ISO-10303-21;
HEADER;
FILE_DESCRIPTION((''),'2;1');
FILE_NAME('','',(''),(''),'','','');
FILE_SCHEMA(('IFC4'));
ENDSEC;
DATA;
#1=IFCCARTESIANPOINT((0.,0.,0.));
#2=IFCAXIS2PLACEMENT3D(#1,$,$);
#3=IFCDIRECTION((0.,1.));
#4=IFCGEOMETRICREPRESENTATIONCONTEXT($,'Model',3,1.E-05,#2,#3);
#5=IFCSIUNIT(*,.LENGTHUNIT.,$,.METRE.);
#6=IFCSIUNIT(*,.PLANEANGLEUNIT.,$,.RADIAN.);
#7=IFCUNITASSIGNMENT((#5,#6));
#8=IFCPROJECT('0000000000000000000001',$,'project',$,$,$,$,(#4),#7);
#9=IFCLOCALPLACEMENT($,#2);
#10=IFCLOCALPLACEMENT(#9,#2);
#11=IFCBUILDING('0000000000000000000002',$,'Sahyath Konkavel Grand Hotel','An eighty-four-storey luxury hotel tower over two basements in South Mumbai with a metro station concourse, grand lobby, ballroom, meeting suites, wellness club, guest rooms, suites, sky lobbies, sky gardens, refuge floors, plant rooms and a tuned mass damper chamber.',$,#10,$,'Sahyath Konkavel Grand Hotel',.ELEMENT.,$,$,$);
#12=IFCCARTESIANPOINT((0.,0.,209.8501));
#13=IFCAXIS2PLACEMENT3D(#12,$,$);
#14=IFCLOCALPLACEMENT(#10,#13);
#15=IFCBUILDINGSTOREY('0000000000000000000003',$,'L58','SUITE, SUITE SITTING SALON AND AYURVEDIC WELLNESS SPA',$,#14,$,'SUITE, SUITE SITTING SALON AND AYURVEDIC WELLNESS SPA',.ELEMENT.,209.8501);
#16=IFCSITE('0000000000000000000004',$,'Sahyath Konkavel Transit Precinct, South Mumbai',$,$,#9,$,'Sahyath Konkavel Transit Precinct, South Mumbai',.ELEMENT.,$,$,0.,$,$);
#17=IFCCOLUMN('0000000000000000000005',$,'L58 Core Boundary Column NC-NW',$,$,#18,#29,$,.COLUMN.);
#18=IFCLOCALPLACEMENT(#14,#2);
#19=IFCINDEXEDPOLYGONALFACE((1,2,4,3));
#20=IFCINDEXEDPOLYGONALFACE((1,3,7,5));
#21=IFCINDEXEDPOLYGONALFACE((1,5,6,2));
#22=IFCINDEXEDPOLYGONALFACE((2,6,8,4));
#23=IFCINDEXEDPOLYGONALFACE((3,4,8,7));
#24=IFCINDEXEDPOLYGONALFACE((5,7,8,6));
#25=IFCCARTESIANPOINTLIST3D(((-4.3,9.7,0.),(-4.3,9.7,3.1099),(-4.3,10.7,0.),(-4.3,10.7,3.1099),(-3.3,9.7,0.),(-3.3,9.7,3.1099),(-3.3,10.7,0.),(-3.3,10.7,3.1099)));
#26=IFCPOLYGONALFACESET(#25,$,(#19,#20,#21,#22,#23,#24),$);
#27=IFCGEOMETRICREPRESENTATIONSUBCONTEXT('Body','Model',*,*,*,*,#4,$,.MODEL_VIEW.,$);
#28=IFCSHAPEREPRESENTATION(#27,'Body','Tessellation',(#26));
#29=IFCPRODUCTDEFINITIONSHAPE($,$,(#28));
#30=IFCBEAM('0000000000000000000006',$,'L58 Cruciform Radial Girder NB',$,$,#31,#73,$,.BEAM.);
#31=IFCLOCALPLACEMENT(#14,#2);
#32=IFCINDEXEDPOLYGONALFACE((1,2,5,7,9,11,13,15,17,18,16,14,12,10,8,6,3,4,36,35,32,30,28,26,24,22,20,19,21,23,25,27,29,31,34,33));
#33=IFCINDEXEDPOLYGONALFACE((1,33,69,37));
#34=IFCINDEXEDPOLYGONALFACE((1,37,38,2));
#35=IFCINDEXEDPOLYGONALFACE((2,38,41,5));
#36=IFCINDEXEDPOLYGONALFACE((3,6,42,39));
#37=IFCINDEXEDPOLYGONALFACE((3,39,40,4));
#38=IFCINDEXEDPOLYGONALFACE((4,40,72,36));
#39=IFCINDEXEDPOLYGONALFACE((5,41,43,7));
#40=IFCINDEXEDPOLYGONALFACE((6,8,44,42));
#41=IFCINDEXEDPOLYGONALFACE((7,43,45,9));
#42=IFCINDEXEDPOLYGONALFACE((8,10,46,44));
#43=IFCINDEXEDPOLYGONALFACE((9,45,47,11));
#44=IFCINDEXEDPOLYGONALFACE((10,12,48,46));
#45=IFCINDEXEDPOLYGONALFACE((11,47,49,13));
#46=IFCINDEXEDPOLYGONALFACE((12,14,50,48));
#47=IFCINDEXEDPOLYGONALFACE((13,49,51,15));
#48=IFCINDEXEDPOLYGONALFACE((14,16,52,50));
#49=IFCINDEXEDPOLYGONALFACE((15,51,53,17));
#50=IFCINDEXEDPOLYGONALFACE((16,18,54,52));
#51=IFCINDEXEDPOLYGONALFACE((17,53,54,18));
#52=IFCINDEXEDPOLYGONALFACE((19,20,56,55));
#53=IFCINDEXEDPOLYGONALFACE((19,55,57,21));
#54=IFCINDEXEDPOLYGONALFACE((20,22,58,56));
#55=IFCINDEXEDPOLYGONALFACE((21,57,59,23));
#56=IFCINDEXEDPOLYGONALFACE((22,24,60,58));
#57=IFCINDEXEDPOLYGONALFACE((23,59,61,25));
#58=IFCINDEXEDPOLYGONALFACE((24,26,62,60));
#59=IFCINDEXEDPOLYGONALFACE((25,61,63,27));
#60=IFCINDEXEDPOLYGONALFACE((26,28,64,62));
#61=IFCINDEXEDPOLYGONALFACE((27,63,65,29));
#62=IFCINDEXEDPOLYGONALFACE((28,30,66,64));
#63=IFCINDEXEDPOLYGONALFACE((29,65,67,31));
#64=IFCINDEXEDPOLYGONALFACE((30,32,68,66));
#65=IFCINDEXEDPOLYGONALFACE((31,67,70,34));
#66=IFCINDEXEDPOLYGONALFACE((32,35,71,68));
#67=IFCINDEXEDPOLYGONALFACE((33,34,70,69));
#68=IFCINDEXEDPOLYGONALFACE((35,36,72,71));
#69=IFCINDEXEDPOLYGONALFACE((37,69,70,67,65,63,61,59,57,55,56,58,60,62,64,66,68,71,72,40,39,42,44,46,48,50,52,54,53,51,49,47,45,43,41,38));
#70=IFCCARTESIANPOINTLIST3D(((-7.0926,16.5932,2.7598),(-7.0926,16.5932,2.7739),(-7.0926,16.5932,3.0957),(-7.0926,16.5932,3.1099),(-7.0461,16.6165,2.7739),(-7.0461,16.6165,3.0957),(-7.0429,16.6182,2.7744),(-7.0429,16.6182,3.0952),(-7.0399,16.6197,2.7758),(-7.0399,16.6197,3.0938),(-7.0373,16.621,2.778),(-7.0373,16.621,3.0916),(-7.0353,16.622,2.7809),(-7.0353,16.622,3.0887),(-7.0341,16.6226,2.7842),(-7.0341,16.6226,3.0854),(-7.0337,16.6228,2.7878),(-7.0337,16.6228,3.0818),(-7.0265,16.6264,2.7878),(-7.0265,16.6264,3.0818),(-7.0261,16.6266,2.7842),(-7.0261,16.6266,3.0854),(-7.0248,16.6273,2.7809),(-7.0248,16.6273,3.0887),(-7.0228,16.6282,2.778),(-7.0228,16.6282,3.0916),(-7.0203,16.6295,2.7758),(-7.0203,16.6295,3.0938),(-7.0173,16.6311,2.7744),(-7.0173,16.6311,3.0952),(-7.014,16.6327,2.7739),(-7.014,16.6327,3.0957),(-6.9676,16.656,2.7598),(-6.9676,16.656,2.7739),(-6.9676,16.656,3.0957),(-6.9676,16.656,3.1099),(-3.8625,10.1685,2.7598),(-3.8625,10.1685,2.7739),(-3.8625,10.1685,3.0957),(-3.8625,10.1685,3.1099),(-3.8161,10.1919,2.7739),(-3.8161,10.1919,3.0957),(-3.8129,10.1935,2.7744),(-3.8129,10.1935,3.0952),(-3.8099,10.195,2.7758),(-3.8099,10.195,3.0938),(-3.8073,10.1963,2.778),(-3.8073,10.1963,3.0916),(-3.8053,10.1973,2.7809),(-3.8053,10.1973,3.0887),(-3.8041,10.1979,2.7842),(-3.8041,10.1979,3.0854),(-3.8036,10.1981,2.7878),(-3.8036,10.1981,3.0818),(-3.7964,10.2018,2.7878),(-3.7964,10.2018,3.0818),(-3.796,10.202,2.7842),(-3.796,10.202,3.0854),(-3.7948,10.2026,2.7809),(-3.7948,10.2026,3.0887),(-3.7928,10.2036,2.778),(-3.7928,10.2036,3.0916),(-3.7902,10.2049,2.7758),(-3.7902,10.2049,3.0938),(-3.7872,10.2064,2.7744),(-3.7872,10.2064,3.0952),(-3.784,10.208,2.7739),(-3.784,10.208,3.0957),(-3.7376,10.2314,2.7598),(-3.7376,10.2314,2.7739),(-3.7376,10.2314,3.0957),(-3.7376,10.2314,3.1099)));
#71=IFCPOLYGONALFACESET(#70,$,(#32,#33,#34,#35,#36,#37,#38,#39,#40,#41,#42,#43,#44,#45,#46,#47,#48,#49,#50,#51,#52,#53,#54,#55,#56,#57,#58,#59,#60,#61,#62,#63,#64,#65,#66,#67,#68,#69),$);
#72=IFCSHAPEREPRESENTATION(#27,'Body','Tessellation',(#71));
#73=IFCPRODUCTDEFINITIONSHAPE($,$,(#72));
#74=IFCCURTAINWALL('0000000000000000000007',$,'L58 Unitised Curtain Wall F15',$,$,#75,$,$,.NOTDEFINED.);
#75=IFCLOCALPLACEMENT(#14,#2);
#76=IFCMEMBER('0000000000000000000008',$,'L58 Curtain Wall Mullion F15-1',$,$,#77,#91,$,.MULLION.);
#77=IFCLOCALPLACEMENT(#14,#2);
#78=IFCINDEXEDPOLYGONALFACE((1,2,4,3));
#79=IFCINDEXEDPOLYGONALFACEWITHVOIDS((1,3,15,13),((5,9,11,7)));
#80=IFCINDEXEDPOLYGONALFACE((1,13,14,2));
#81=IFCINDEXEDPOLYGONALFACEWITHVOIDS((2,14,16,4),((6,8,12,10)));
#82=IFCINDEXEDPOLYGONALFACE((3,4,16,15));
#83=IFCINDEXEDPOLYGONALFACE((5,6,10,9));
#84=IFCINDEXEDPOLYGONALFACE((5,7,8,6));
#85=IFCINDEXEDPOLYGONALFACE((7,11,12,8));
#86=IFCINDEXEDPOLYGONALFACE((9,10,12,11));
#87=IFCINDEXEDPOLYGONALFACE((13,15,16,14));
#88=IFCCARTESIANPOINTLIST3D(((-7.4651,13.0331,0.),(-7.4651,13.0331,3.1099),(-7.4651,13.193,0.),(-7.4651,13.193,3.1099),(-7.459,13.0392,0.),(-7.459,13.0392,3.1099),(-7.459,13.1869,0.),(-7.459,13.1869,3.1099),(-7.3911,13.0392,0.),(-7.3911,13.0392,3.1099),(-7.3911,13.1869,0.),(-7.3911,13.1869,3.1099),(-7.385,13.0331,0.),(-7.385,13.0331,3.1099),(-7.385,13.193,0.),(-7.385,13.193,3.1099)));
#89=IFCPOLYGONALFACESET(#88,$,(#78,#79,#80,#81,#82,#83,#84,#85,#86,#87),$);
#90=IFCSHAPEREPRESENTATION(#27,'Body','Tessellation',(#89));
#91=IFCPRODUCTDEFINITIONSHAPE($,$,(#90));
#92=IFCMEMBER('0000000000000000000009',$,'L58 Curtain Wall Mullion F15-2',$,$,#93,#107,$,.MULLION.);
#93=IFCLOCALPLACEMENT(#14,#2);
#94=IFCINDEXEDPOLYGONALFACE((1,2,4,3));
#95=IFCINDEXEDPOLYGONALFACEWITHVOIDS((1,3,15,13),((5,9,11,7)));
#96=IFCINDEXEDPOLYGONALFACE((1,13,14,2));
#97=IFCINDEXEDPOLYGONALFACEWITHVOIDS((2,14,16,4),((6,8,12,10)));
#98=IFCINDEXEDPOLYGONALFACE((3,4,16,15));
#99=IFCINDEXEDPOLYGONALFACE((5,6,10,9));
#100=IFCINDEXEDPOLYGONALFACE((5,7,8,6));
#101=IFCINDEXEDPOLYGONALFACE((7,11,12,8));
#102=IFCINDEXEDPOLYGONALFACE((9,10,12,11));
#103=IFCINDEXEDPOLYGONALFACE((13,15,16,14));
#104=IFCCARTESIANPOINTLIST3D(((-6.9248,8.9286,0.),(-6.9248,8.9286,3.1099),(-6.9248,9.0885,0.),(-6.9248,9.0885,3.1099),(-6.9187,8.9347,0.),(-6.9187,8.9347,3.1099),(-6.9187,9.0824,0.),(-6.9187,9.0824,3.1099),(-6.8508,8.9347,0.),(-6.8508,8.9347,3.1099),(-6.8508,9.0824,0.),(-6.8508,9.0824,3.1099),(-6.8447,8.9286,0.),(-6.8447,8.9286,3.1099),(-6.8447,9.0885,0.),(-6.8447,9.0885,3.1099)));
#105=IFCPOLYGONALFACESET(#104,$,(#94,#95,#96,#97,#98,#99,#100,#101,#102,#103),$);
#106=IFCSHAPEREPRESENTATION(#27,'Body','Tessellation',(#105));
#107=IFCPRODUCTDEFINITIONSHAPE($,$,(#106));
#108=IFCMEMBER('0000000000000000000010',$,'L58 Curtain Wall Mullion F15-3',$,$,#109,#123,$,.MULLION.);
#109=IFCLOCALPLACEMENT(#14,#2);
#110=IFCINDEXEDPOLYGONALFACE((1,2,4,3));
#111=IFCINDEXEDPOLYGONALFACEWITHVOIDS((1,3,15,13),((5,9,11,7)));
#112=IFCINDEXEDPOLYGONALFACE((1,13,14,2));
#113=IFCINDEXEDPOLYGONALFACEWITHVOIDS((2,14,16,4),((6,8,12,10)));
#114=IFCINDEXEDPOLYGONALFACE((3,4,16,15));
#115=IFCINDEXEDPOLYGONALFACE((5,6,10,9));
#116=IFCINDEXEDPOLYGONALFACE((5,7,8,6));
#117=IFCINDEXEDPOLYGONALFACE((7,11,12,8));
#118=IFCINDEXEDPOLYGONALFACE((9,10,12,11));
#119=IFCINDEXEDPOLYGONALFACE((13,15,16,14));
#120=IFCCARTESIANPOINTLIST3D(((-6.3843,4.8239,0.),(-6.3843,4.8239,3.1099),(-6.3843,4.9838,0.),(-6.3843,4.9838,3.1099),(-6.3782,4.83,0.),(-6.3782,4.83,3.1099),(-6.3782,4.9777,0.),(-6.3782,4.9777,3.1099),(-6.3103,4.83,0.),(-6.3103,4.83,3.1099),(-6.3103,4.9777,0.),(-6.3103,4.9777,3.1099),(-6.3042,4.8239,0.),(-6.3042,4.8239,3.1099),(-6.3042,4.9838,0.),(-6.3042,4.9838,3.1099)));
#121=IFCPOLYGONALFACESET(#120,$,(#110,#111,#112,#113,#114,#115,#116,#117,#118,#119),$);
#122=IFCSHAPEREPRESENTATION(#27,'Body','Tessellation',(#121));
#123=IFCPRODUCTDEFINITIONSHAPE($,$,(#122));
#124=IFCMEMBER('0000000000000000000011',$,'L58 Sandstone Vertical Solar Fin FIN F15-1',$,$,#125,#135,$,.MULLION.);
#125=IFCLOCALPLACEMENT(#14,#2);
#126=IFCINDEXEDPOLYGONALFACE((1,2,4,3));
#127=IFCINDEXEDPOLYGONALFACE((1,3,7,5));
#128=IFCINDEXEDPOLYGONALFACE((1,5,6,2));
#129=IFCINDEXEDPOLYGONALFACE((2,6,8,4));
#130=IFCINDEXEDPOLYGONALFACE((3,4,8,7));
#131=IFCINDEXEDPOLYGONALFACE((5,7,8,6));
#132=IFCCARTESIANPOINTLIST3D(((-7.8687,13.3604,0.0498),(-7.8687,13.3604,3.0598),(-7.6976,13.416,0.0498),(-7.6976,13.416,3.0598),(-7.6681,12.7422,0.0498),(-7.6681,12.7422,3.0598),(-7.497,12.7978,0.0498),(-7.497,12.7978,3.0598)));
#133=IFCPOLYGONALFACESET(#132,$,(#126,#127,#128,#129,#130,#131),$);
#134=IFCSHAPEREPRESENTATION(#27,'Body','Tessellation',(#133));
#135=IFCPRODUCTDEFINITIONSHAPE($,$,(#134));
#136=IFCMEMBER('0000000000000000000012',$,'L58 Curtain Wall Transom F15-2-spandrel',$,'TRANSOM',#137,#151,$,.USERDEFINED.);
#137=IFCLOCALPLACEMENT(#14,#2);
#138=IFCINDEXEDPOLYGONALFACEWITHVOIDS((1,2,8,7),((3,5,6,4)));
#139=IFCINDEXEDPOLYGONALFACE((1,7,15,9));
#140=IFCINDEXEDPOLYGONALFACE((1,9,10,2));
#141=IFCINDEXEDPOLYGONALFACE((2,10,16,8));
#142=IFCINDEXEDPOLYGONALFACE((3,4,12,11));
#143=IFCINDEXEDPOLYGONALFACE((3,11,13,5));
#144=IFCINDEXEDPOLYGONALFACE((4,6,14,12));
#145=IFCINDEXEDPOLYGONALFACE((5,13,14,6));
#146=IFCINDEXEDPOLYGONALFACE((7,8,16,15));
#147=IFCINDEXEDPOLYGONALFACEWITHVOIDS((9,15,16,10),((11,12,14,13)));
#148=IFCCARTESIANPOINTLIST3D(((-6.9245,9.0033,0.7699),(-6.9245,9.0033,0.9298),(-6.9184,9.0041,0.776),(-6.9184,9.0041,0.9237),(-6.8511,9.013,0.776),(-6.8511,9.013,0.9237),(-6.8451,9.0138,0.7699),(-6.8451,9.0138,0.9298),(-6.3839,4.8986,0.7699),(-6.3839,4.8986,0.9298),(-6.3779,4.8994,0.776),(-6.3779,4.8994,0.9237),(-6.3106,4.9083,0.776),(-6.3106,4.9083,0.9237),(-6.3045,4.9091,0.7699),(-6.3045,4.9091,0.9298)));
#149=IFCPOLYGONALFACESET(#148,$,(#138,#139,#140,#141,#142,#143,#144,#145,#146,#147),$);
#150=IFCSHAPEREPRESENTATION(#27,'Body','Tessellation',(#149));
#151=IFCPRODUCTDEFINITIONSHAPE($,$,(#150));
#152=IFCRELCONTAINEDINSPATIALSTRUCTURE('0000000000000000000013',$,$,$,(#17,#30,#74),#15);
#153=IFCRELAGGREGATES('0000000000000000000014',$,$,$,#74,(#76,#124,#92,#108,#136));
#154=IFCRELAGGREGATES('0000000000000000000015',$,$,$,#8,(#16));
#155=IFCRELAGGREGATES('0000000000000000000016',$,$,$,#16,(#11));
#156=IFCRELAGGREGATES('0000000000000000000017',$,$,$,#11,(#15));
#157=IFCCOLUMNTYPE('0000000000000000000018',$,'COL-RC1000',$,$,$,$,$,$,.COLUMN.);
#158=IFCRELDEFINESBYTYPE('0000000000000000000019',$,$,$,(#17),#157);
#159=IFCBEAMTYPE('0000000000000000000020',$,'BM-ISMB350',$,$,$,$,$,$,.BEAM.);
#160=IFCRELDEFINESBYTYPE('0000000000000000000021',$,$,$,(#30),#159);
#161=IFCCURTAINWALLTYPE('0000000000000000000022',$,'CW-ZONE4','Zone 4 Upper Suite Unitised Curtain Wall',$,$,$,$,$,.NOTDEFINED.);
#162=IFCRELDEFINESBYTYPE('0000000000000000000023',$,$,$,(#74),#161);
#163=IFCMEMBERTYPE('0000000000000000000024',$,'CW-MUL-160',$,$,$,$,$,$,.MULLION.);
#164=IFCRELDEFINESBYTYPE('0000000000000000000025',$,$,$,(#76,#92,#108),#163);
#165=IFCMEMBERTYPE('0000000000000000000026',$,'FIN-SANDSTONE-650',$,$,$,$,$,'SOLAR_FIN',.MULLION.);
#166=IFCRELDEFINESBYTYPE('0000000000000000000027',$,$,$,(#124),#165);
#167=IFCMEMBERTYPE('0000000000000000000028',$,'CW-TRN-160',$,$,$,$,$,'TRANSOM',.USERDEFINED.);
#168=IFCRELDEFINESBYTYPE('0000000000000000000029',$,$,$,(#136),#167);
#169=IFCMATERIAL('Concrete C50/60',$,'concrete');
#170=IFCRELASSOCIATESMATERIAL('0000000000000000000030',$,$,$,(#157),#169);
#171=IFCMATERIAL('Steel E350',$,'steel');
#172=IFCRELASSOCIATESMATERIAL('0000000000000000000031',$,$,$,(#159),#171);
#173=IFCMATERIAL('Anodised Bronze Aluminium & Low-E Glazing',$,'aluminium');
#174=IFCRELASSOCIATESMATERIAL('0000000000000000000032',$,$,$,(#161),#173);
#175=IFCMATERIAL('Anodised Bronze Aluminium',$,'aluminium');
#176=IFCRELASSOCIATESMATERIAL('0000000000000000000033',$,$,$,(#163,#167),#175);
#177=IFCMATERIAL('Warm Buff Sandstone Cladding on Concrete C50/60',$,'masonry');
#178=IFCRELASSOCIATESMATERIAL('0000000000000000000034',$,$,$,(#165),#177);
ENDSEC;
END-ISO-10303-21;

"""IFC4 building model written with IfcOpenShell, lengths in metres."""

from ifc_helpers import new_model, si_unit, direction, frame, origin, origin_2d, place, context, subcontext, project, spatial, rectangle, hollow_rectangle, i_section, extrude, source, transform, mapped, material, material_profile, profile_set, type_object, element, aggregate, save


model = new_model("IFC4")

# Units and contexts
model_context = context("Model", 3, precision=1e-05, world=origin(), true_north=direction((0.0, 1.0)))
body_context = subcontext(model_context, "Body", "Model", "MODEL_VIEW")
ifc_project = project(units=[si_unit("LENGTHUNIT", "METRE"), si_unit("PLANEANGLEUNIT", "RADIAN")], contexts=[model_context])

# Site, building, storey
site_placement = place(None, origin())
site = spatial("IfcSite", under=ifc_project, at=site_placement, Name="Sahyath Konkavel Transit Precinct, South Mumbai", LongName="Sahyath Konkavel Transit Precinct, South Mumbai", CompositionType="ELEMENT", RefElevation=0.0)
building_placement = place(site_placement, origin())
building = spatial("IfcBuilding", under=site, at=building_placement, Name="Sahyath Konkavel Grand Hotel", Description="An eighty-four-storey luxury hotel tower over two basements in South Mumbai with a metro station concourse, grand lobby, ballroom, meeting suites, wellness club, guest rooms, suites, sky lobbies, sky gardens, refuge floors, plant rooms and a tuned mass damper chamber.", LongName="Sahyath Konkavel Grand Hotel", CompositionType="ELEMENT")
storey_placement = place(building_placement, frame((0.0, 0.0, 209.8501)))
storey = spatial("IfcBuildingStorey", under=building, at=storey_placement, Name="L58", Description="SUITE, SUITE SITTING SALON AND AYURVEDIC WELLNESS SPA", LongName="SUITE, SUITE SITTING SALON AND AYURVEDIC WELLNESS SPA", CompositionType="ELEMENT", Elevation=209.8501)

# Column
ifc_material_1 = material(Name="Concrete C50/60", Category="concrete")
ifc_material_profile_1 = material_profile(ifc_material_1, rectangle(XDim=1.0, YDim=1.0, at=origin_2d()), Name="RC 1000x1000")
ifc_profile_set_1 = profile_set([ifc_material_profile_1], Name="Concrete C50/60")
column_type = type_object("IfcColumnType", Name="COL-RC1000", PredefinedType="COLUMN", material=ifc_profile_set_1)
shared_shape_1 = source(origin(), body_context, "Body", "SweptSolid", [
    extrude(rectangle(XDim=1.0, YDim=1.0, at=origin_2d()), origin(), (0.0, 0.0, 1.0), 3.1099),
])
column_placement = place(storey_placement, frame((-3.8, 10.2, 0.0), z_axis=(0.0, 0.0, 1.0), x_axis=(1.0, 0.0, 0.0)))
element("IfcColumn", 1, at=column_placement, inside=storey, type_object=column_type, Name="L58 Core Boundary Column NC-NW", PredefinedType="COLUMN", context=body_context, shape_type="MappedRepresentation", body=[
    mapped(shared_shape_1, transform((0.0, 0.0, 0.0), scale=1.0)),
])

# Beam
ifc_material_2 = material(Name="Steel E350", Category="steel")
ifc_material_profile_2 = material_profile(ifc_material_2, i_section(OverallWidth=0.1399, OverallDepth=0.3501, WebThickness=0.0081, FlangeThickness=0.0142, FilletRadius=0.0139, at=origin_2d()), Name="ISMB 350")
ifc_profile_set_2 = profile_set([ifc_material_profile_2], Name="Steel E350")
beam_type_1 = type_object("IfcBeamType", Name="BM-ISMB350", PredefinedType="BEAM", material=ifc_profile_set_2)
shared_shape_2 = source(origin(), body_context, "Body", "SweptSolid", [
    extrude(i_section(OverallWidth=0.1399, OverallDepth=0.3501, WebThickness=0.0081, FlangeThickness=0.0142, FilletRadius=0.0139, at=origin_2d()), origin(), (0.0, 0.0, 1.0), 7.1909),
])
beam_1_placement = place(storey_placement, frame((-3.8, 10.2, 2.9348), z_axis=(-0.449182, 0.89344, 0.0), x_axis=(-0.89344, -0.449182, 0.0)))
element("IfcBeam", 2, at=beam_1_placement, inside=storey, type_object=beam_type_1, Name="L58 Cruciform Radial Girder NB", PredefinedType="BEAM", context=body_context, shape_type="MappedRepresentation", body=[
    mapped(shared_shape_2, transform((0.0, 0.0, 0.0), scale=1.0)),
])

# Curtain wall, members
ifc_material_3 = material(Name="Anodised Bronze Aluminium & Low-E Glazing", Category="aluminium")
curtain_wall_type = type_object("IfcCurtainWallType", Name="CW-ZONE4", Description="Zone 4 Upper Suite Unitised Curtain Wall", PredefinedType="NOTDEFINED", material=ifc_material_3)
curtain_wall_placement = place(storey_placement, origin())
curtain_wall = element("IfcCurtainWall", 3, at=curtain_wall_placement, inside=storey, type_object=curtain_wall_type, Name="L58 Unitised Curtain Wall F15", PredefinedType="NOTDEFINED")
ifc_material_4 = material(Name="Anodised Bronze Aluminium", Category="aluminium")
ifc_material_profile_3 = material_profile(ifc_material_4, hollow_rectangle(XDim=0.0801, YDim=0.1599, WallThickness=0.0061, at=origin_2d()), Name="RHS 160x80x6")
ifc_profile_set_3 = profile_set([ifc_material_profile_3], Name="Anodised Bronze Aluminium")
member_type_1 = type_object("IfcMemberType", Name="CW-MUL-160", PredefinedType="MULLION", material=ifc_profile_set_3)
shared_shape_3 = source(origin(), body_context, "Body", "SweptSolid", [
    extrude(hollow_rectangle(XDim=0.0801, YDim=0.1599, WallThickness=0.0061, at=origin_2d()), origin(), (0.0, 0.0, 1.0), 3.1099),
])
member_1_placement = place(storey_placement, frame((-7.425, 13.113, 0.0), z_axis=(0.0, 0.0, 1.0), x_axis=(1.0, 0.0, 0.0)))
member_1 = element("IfcMember", 4, at=member_1_placement, type_object=member_type_1, Name="L58 Curtain Wall Mullion F15-1", PredefinedType="MULLION", context=body_context, shape_type="MappedRepresentation", body=[
    mapped(shared_shape_3, transform((0.0, 0.0, 0.0), scale=1.0)),
])
member_2_placement = place(storey_placement, frame((-6.8848, 9.0085, 0.0), z_axis=(0.0, 0.0, 1.0), x_axis=(1.0, 0.0, 0.0)))
member_2 = element("IfcMember", 5, at=member_2_placement, type_object=member_type_1, Name="L58 Curtain Wall Mullion F15-2", PredefinedType="MULLION", context=body_context, shape_type="MappedRepresentation", body=[
    mapped(shared_shape_3, transform((0.0, 0.0, 0.0), scale=1.0)),
])
member_3_placement = place(storey_placement, frame((-6.3442, 4.9038, 0.0), z_axis=(0.0, 0.0, 1.0), x_axis=(1.0, 0.0, 0.0)))
member_3 = element("IfcMember", 6, at=member_3_placement, type_object=member_type_1, Name="L58 Curtain Wall Mullion F15-3", PredefinedType="MULLION", context=body_context, shape_type="MappedRepresentation", body=[
    mapped(shared_shape_3, transform((0.0, 0.0, 0.0), scale=1.0)),
])
ifc_material_5 = material(Name="Warm Buff Sandstone Cladding on Concrete C50/60", Category="masonry")
ifc_material_profile_4 = material_profile(ifc_material_5, rectangle(XDim=0.1799, YDim=0.6499, at=origin_2d()), Name="FIN 180x650")
ifc_profile_set_4 = profile_set([ifc_material_profile_4], Name="Warm Buff Sandstone Cladding on Concrete C50/60")
member_type_2 = type_object("IfcMemberType", Name="FIN-SANDSTONE-650", ElementType="SOLAR_FIN", PredefinedType="MULLION", material=ifc_profile_set_4)
shared_shape_4 = source(origin(), body_context, "Body", "SweptSolid", [
    extrude(rectangle(XDim=0.1799, YDim=0.6499, at=origin_2d()), origin(), (0.0, 0.0, 1.0), 3.01),
])
member_4_placement = place(storey_placement, frame((-7.6829, 13.0791, 0.0498), z_axis=(0.0, 0.0, 1.0), x_axis=(0.951164, 0.308685, 0.0)))
member_4 = element("IfcMember", 7, at=member_4_placement, type_object=member_type_2, Name="L58 Sandstone Vertical Solar Fin FIN F15-1", PredefinedType="MULLION", context=body_context, shape_type="MappedRepresentation", body=[
    mapped(shared_shape_4, transform((0.0, 0.0, 0.0), scale=1.0)),
])
ifc_material_profile_5 = material_profile(ifc_material_4, hollow_rectangle(XDim=0.0801, YDim=0.1599, WallThickness=0.0061, at=origin_2d()), Name="RHS 160x80x6")
ifc_profile_set_5 = profile_set([ifc_material_profile_5], Name="Anodised Bronze Aluminium")
member_type_3 = type_object("IfcMemberType", Name="CW-TRN-160", ElementType="TRANSOM", PredefinedType="USERDEFINED", material=ifc_profile_set_5)
shared_shape_5 = source(origin(), body_context, "Body", "SweptSolid", [
    extrude(hollow_rectangle(XDim=0.0801, YDim=0.1599, WallThickness=0.0061, at=origin_2d()), origin(), (0.0, 0.0, 1.0), 4.1401),
])
member_5_placement = place(storey_placement, frame((-6.8848, 9.0085, 0.8499), z_axis=(0.130557, -0.991441, 0.0), x_axis=(0.991441, 0.130557, 0.0)))
member_5 = element("IfcMember", 8, at=member_5_placement, type_object=member_type_3, Name="L58 Curtain Wall Transom F15-2-spandrel", ObjectType="TRANSOM", PredefinedType="USERDEFINED", context=body_context, shape_type="MappedRepresentation", body=[
    mapped(shared_shape_5, transform((0.0, 0.0, 0.0), scale=1.0)),
])

aggregate(curtain_wall, [member_1, member_4, member_2, member_3, member_5])

save(model, "model.ifc")
